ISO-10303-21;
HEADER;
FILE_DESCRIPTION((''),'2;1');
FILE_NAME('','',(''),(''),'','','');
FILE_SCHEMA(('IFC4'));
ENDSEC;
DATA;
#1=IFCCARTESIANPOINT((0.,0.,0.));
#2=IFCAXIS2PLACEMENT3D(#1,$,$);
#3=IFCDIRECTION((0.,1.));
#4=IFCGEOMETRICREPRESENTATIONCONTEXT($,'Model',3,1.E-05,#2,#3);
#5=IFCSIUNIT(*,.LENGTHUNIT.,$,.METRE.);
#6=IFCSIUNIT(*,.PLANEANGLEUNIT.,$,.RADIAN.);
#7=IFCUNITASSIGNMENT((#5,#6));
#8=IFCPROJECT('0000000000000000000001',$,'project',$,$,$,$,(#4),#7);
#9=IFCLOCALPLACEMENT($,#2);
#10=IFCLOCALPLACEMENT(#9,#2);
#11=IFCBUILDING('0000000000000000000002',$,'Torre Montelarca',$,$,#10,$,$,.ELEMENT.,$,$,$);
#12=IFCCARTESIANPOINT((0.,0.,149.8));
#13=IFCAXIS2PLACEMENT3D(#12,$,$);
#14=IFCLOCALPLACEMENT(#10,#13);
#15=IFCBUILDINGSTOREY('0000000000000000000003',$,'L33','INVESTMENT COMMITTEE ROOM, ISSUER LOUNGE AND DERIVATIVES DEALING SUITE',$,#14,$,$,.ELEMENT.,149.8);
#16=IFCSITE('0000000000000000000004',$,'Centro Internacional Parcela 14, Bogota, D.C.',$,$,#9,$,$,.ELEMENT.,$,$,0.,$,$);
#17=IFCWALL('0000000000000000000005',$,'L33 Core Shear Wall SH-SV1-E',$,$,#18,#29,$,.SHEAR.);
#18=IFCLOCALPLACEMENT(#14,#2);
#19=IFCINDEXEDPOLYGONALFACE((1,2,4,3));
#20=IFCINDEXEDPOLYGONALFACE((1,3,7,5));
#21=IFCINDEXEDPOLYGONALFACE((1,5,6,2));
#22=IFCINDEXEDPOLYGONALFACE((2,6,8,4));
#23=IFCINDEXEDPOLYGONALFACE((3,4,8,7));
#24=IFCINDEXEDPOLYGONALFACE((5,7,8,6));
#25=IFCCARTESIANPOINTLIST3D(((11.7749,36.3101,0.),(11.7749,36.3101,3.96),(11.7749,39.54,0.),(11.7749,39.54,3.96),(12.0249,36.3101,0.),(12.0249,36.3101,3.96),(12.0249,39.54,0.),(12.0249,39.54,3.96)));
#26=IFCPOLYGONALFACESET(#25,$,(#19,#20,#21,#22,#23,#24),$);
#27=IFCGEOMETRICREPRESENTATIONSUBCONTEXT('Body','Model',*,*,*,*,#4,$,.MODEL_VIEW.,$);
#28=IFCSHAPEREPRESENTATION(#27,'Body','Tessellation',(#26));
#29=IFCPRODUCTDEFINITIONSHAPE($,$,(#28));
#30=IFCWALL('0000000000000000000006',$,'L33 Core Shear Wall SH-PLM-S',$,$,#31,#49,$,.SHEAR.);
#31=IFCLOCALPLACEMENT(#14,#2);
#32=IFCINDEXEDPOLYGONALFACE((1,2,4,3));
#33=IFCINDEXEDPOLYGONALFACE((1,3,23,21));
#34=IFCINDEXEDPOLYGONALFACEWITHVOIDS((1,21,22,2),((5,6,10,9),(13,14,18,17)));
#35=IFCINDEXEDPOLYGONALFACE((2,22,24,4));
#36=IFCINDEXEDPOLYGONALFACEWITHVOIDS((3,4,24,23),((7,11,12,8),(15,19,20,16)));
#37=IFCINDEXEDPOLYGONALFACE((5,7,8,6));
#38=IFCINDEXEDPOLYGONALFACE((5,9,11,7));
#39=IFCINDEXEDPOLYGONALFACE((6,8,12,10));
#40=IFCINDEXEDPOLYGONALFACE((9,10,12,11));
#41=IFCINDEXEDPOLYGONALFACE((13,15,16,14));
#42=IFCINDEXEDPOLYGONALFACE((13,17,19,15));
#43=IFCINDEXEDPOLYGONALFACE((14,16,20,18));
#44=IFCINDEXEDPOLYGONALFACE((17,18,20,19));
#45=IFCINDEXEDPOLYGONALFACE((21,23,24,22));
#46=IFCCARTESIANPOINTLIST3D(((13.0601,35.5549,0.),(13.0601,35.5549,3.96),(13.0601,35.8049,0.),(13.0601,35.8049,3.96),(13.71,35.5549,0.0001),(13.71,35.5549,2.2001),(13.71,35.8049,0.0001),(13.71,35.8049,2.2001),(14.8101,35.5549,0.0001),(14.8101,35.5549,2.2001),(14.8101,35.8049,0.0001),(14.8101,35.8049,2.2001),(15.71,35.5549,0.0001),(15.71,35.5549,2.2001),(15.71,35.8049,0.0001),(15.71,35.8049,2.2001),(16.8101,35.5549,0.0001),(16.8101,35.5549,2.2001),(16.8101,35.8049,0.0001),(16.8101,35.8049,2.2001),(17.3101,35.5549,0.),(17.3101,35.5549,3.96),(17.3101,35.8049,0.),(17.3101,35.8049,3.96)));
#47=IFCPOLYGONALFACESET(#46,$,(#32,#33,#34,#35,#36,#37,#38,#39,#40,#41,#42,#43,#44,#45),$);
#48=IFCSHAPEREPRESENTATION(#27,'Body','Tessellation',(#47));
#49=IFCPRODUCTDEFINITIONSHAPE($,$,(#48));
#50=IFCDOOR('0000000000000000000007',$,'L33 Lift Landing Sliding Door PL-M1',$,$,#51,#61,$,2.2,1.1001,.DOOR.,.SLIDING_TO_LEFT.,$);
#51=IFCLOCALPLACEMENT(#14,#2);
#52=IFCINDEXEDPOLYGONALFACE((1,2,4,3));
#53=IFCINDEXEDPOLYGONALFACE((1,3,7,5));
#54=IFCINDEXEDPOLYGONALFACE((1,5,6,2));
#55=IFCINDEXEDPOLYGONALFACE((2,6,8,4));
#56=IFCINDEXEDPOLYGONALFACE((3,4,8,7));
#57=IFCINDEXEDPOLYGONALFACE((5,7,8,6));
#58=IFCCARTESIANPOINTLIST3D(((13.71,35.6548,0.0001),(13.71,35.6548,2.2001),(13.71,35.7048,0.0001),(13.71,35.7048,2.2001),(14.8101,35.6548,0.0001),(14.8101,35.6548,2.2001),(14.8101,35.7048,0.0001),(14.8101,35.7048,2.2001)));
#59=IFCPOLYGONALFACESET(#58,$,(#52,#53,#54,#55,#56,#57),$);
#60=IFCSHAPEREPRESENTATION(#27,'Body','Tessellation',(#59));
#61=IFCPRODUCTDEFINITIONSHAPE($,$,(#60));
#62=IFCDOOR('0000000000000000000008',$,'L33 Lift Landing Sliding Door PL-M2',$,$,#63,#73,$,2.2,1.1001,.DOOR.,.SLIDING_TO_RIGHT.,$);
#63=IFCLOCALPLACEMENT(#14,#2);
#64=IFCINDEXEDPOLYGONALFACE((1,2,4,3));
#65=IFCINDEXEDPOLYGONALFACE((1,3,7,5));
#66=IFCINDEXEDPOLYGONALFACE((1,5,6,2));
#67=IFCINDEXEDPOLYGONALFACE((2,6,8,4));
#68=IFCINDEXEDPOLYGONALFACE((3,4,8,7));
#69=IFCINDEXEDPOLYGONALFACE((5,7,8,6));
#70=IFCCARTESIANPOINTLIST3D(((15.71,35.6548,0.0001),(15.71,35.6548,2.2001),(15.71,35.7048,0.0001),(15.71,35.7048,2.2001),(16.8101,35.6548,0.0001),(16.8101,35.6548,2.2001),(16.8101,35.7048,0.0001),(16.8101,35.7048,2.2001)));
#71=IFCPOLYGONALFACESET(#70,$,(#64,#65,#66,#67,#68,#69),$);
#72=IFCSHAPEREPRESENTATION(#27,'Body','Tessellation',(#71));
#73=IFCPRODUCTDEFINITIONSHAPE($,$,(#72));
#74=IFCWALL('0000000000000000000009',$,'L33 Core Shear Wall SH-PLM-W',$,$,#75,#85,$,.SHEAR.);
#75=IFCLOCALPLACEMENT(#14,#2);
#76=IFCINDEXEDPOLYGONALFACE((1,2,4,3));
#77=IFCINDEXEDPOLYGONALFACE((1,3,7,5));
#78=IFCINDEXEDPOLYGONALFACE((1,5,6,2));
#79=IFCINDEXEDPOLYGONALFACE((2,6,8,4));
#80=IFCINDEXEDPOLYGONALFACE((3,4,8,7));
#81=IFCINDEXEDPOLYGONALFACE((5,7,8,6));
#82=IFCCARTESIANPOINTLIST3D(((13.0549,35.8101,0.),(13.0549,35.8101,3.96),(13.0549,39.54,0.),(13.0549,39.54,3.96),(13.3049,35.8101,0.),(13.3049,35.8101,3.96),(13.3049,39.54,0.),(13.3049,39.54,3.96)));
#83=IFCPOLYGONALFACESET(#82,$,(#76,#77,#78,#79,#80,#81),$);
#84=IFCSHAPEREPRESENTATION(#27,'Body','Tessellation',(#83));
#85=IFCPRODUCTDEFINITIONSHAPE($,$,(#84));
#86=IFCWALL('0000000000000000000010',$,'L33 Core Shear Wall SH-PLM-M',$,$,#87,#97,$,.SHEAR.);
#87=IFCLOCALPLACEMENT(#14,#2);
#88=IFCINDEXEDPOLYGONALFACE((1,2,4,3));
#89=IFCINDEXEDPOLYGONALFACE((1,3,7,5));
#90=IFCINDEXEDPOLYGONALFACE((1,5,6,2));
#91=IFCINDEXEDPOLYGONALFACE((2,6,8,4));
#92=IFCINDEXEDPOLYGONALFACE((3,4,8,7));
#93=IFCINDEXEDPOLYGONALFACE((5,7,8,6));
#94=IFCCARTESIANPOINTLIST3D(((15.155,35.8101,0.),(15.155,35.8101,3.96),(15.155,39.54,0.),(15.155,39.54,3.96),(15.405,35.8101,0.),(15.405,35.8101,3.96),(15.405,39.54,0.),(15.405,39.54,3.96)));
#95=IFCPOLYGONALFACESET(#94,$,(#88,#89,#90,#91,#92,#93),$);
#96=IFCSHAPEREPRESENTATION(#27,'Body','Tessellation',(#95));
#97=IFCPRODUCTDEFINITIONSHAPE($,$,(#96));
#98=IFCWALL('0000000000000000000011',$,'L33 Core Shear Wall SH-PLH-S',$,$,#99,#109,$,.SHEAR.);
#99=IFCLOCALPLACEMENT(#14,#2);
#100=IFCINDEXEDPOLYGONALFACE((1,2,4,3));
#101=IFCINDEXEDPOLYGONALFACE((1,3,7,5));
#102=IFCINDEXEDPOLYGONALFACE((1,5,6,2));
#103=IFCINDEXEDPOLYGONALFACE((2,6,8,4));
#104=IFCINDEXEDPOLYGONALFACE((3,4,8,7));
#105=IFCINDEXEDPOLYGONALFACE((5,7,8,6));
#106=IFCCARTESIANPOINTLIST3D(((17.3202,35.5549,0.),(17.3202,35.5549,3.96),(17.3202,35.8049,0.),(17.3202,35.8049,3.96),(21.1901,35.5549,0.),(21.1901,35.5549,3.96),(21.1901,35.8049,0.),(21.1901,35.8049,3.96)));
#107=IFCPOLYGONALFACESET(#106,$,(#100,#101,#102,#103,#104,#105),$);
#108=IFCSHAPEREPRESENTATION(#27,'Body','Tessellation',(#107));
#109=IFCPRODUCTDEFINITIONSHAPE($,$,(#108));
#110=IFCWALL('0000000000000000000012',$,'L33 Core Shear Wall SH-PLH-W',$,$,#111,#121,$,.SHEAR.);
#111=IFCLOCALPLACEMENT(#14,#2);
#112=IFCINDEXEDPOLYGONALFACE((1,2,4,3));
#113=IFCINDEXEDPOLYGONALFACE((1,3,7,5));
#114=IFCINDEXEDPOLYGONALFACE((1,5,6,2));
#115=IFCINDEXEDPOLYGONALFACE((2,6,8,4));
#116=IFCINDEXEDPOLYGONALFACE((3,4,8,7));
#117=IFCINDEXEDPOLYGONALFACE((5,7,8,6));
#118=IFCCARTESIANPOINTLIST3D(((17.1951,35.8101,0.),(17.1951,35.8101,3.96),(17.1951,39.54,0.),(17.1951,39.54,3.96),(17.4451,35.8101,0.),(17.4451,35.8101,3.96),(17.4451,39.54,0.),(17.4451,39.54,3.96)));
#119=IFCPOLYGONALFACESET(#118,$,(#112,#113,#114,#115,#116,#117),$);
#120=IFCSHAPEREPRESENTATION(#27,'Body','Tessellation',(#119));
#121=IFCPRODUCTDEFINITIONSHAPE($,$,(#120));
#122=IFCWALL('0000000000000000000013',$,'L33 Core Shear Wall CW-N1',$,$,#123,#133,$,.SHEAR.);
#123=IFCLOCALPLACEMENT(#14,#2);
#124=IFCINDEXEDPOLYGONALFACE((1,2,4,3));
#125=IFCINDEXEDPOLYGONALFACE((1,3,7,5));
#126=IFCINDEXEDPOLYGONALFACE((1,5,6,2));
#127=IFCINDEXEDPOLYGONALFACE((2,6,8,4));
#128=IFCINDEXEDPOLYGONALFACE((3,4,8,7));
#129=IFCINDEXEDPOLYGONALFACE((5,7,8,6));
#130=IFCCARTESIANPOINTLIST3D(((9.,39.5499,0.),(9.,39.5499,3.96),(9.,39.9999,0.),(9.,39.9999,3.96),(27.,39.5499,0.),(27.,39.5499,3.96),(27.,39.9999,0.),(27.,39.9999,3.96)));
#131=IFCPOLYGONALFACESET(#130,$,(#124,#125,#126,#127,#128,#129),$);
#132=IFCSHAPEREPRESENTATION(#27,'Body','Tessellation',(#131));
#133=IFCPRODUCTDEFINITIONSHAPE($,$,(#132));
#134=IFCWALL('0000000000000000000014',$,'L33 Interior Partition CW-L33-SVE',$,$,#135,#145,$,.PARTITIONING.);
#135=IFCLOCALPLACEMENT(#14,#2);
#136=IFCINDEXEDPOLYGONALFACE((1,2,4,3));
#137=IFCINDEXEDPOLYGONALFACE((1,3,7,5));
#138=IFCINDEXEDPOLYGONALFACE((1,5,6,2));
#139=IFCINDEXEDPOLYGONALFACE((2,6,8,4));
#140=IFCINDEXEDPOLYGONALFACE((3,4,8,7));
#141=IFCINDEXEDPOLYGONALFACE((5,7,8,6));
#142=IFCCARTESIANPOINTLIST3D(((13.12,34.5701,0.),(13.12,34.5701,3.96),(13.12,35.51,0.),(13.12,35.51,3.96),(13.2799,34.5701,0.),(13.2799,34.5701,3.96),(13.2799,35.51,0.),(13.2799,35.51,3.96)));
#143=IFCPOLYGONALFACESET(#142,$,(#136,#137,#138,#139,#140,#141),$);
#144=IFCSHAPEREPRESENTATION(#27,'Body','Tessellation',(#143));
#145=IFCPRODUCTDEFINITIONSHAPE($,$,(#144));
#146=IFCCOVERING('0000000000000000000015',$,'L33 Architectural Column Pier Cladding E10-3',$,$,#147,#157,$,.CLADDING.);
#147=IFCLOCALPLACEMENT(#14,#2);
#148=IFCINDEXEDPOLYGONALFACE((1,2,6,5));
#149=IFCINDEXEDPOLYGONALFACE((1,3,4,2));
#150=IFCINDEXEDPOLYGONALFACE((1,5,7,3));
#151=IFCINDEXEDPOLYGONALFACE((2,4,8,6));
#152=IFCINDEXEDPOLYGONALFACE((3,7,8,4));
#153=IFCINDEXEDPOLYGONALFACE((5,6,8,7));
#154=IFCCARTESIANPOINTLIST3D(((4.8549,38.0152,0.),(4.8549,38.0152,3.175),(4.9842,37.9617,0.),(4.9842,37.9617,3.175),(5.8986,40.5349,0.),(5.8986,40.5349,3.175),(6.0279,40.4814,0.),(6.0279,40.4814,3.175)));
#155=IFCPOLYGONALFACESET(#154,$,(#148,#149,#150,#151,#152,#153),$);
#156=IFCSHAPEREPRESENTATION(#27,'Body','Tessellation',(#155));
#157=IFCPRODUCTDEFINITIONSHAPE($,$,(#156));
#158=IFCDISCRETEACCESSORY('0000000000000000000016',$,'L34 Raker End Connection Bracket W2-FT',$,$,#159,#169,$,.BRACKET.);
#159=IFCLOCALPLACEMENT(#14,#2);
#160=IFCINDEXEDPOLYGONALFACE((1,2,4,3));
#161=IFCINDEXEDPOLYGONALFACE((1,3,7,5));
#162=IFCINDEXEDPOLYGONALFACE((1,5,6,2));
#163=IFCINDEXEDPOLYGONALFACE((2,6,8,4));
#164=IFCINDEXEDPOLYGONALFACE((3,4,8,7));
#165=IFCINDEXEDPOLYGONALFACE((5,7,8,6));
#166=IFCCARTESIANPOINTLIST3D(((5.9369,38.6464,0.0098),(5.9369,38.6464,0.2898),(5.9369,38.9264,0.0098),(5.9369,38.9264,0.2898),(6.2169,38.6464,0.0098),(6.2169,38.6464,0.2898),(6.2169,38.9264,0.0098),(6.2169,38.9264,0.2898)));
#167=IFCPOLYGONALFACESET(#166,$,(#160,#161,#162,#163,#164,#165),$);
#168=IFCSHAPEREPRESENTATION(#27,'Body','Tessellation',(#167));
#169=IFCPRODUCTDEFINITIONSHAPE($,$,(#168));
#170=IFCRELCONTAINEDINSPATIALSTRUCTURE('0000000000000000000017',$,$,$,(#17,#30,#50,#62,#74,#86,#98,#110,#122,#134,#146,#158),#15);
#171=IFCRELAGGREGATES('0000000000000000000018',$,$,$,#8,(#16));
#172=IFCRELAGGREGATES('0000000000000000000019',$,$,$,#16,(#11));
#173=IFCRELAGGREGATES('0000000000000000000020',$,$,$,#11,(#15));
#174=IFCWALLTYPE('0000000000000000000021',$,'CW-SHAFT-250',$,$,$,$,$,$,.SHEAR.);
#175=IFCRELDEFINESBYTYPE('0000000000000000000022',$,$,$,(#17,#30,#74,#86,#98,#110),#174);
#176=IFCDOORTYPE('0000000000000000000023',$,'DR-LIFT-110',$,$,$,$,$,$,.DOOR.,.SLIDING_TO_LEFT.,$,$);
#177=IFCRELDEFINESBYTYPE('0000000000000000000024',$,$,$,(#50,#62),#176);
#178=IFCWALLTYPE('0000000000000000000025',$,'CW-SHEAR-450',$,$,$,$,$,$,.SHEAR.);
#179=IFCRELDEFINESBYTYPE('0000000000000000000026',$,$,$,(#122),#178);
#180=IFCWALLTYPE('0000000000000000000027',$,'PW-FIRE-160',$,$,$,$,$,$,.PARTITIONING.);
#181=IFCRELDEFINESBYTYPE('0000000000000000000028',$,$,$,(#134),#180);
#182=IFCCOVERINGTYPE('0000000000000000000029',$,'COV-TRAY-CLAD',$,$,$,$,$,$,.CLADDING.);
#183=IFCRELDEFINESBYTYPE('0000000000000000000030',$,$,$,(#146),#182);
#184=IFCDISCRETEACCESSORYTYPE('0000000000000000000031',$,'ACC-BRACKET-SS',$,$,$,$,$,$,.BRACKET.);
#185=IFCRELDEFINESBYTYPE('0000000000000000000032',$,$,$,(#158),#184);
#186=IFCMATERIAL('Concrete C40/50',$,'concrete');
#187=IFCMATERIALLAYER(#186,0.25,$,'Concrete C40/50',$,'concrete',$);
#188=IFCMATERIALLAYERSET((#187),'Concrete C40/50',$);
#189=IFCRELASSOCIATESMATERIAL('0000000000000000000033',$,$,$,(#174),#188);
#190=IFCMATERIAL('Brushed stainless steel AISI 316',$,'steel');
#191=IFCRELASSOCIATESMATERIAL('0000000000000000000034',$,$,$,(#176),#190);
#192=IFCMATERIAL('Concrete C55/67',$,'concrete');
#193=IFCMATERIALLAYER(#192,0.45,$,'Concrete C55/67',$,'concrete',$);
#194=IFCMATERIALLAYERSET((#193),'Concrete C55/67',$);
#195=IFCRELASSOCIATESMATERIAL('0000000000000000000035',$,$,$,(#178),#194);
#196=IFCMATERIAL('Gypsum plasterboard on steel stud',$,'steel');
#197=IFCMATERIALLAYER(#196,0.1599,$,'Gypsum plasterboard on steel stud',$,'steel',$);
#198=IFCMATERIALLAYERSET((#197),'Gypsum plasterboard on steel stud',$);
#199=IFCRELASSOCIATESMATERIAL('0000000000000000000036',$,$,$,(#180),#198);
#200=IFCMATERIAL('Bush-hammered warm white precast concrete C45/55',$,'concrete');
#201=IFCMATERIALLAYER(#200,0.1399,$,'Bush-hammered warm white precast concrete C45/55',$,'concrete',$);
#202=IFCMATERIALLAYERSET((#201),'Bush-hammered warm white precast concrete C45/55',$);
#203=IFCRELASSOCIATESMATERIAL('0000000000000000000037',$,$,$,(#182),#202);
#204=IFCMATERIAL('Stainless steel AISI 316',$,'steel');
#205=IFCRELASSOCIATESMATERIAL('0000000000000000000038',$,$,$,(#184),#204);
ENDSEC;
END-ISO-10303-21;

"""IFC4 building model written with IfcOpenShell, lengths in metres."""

from ifc_helpers import new_model, si_unit, direction, frame, frame_2d, origin, origin_2d, place, context, subcontext, project, spatial, rectangle, extrude, source, transform, mapped, material, layer, layer_set, type_object, element, fill, save


model = new_model("IFC4")

# Units and contexts
model_context = context("Model", 3, precision=1e-05, world=origin(), true_north=direction((0.0, 1.0)))
body_context = subcontext(model_context, "Body", "Model", "MODEL_VIEW")
ifc_project = project(units=[si_unit("LENGTHUNIT", "METRE"), si_unit("PLANEANGLEUNIT", "RADIAN")], contexts=[model_context])

# Site, building, storey
site_placement = place(None, origin())
site = spatial("IfcSite", under=ifc_project, at=site_placement, Name="Centro Internacional Parcela 14, Bogota, D.C.", CompositionType="ELEMENT", RefElevation=0.0)
building_placement = place(site_placement, origin())
building = spatial("IfcBuilding", under=site, at=building_placement, Name="Torre Montelarca", CompositionType="ELEMENT")
storey_placement = place(building_placement, frame((0.0, 0.0, 149.8)))
storey = spatial("IfcBuildingStorey", under=building, at=storey_placement, Name="L33", Description="INVESTMENT COMMITTEE ROOM, ISSUER LOUNGE AND DERIVATIVES DEALING SUITE", CompositionType="ELEMENT", Elevation=149.8)

# Shared definitions
ifc_material_1 = material(Name="Concrete C55/67", Category="concrete")

# Shared definitions
ifc_material_2 = material(Name="Concrete C40/50", Category="concrete")
ifc_layer_1 = layer(ifc_material_2, 0.25, Name="Concrete C40/50", Category="concrete")
ifc_layer_set_1 = layer_set([ifc_layer_1], Name="Concrete C40/50")
wall_type_1 = type_object("IfcWallType", Name="CW-SHAFT-250", PredefinedType="SHEAR", material=ifc_layer_set_1)

# Shared definitions
ifc_material_3 = material(Name="Brushed stainless steel AISI 316", Category="steel")

# Wall
wall_1_placement = place(storey_placement, frame((11.8999, 36.3101, 0.0), z_axis=(0.0, 0.0, 1.0), x_axis=(0.0, 1.0, 0.0)))
element("IfcWall", 1, at=wall_1_placement, inside=storey, type_object=wall_type_1, Name="L33 Core Shear Wall SH-SV1-E", PredefinedType="SHEAR", context=body_context, shape_type="SweptSolid", body=[
    extrude(rectangle(XDim=3.23, YDim=0.25, at=frame_2d((1.615, 0.0))), origin(), (0.0, 0.0, 1.0), 3.96),
])

# Wall, openings, doors
wall_2_placement = place(storey_placement, frame((13.0601, 35.6799, 0.0), z_axis=(0.0, 0.0, 1.0), x_axis=(1.0, 0.0, 0.0)))
wall_2 = element("IfcWall", 2, at=wall_2_placement, inside=storey, type_object=wall_type_1, Name="L33 Core Shear Wall SH-PLM-S", PredefinedType="SHEAR", context=body_context, shape_type="SweptSolid", body=[
    extrude(rectangle(XDim=4.25, YDim=0.25, at=frame_2d((2.125, 0.0))), origin(), (0.0, 0.0, 1.0), 3.96),
])
opening_1_placement = place(wall_2_placement, frame((0.6499, 0.0, 0.0)))
opening_1 = element("IfcOpeningElement", 3, at=opening_1_placement, cuts=wall_2, PredefinedType="OPENING", context=body_context, shape_type="SweptSolid", body=[
    extrude(rectangle(XDim=1.1001, YDim=2.2, at=frame_2d((0.55, 1.1001))), frame((0.0, 0.135, 0.0), z_axis=(0.0, -1.0, 0.0), x_axis=(1.0, 0.0, 0.0)), (0.0, 0.0, 1.0), 0.27),
])
opening_2_placement = place(wall_2_placement, frame((2.6499, 0.0, 0.0)))
opening_2 = element("IfcOpeningElement", 4, at=opening_2_placement, cuts=wall_2, PredefinedType="OPENING", context=body_context, shape_type="SweptSolid", body=[
    extrude(rectangle(XDim=1.1001, YDim=2.2, at=frame_2d((0.55, 1.1001))), frame((0.0, 0.135, 0.0), z_axis=(0.0, -1.0, 0.0), x_axis=(1.0, 0.0, 0.0)), (0.0, 0.0, 1.0), 0.27),
])
door_type_1 = type_object("IfcDoorType", Name="DR-LIFT-110", OperationType="SLIDING_TO_LEFT", PredefinedType="DOOR", material=ifc_material_3)
shared_shape_1 = source(origin(), body_context, "Body", "SweptSolid", [
    extrude(rectangle(XDim=1.1001, YDim=2.2, at=frame_2d((0.55, 1.1001))), frame((0.0, 0.0249, 0.0), z_axis=(0.0, -1.0, 0.0), x_axis=(1.0, 0.0, 0.0)), (0.0, 0.0, 1.0), 0.05),
])
door_1_placement = place(opening_1_placement, origin())
door_1 = element("IfcDoor", 5, at=door_1_placement, inside=storey, type_object=door_type_1, Name="L33 Lift Landing Sliding Door PL-M1", OperationType="SLIDING_TO_LEFT", OverallHeight=2.2, OverallWidth=1.1001, PredefinedType="DOOR", context=body_context, shape_type="MappedRepresentation", body=[
    mapped(shared_shape_1, transform((0.0, 0.0, 0.0), scale=1.0)),
])
fill(opening_1, door_1)
door_2_placement = place(opening_2_placement, origin())
door_2 = element("IfcDoor", 6, at=door_2_placement, inside=storey, type_object=door_type_1, Name="L33 Lift Landing Sliding Door PL-M2", OperationType="SLIDING_TO_RIGHT", OverallHeight=2.2, OverallWidth=1.1001, PredefinedType="DOOR", context=body_context, shape_type="MappedRepresentation", body=[
    mapped(shared_shape_1, transform((0.0, 0.0, 0.0), scale=1.0)),
])
fill(opening_2, door_2)

# Walls
for number, where, z_axis, x_axis, name in (
    (7, (13.1799, 35.8101, 0.0), (0.0, 0.0, 1.0), (0.0, 1.0, 0.0), "L33 Core Shear Wall SH-PLM-W"),
    (8, (15.28, 35.8101, 0.0), (0.0, 0.0, 1.0), (0.0, 1.0, 0.0), "L33 Core Shear Wall SH-PLM-M"),
):
    element("IfcWall", number, at=place(storey_placement, frame(where, z_axis=z_axis, x_axis=x_axis)), inside=storey, type_object=wall_type_1, Name=name, PredefinedType="SHEAR", context=body_context, shape_type="SweptSolid", body=[
        extrude(rectangle(XDim=3.73, YDim=0.25, at=frame_2d((1.865, 0.0))), origin(), (0.0, 0.0, 1.0), 3.96),
    ])
wall_3_placement = place(storey_placement, frame((17.3201, 35.6799, 0.0), z_axis=(0.0, 0.0, 1.0), x_axis=(1.0, 0.0, 0.0)))
element("IfcWall", 9, at=wall_3_placement, inside=storey, type_object=wall_type_1, Name="L33 Core Shear Wall SH-PLH-S", PredefinedType="SHEAR", context=body_context, shape_type="SweptSolid", body=[
    extrude(rectangle(XDim=3.8699, YDim=0.25, at=frame_2d((1.9351, 0.0))), origin(), (0.0, 0.0, 1.0), 3.96),
])
wall_4_placement = place(storey_placement, frame((17.3201, 35.8101, 0.0), z_axis=(0.0, 0.0, 1.0), x_axis=(0.0, 1.0, 0.0)))
element("IfcWall", 10, at=wall_4_placement, inside=storey, type_object=wall_type_1, Name="L33 Core Shear Wall SH-PLH-W", PredefinedType="SHEAR", context=body_context, shape_type="SweptSolid", body=[
    extrude(rectangle(XDim=3.73, YDim=0.25, at=frame_2d((1.865, 0.0))), origin(), (0.0, 0.0, 1.0), 3.96),
])
ifc_layer_2 = layer(ifc_material_1, 0.45, Name="Concrete C55/67", Category="concrete")
ifc_layer_set_2 = layer_set([ifc_layer_2], Name="Concrete C55/67")
wall_type_2 = type_object("IfcWallType", Name="CW-SHEAR-450", PredefinedType="SHEAR", material=ifc_layer_set_2)
wall_5_placement = place(storey_placement, frame((9.0, 39.7749, 0.0), z_axis=(0.0, 0.0, 1.0), x_axis=(1.0, 0.0, 0.0)))
element("IfcWall", 11, at=wall_5_placement, inside=storey, type_object=wall_type_2, Name="L33 Core Shear Wall CW-N1", PredefinedType="SHEAR", context=body_context, shape_type="SweptSolid", body=[
    extrude(rectangle(XDim=18.0, YDim=0.45, at=frame_2d((9.0, 0.0))), origin(), (0.0, 0.0, 1.0), 3.96),
])

# Shared definitions
ifc_material_4 = material(Name="Gypsum plasterboard on steel stud", Category="steel")
ifc_layer_3 = layer(ifc_material_4, 0.1599, Name="Gypsum plasterboard on steel stud", Category="steel")
ifc_layer_set_3 = layer_set([ifc_layer_3], Name="Gypsum plasterboard on steel stud")
wall_type_3 = type_object("IfcWallType", Name="PW-FIRE-160", PredefinedType="PARTITIONING", material=ifc_layer_set_3)

# Wall
wall_6_placement = place(storey_placement, frame((13.2, 34.5701, 0.0), z_axis=(0.0, 0.0, 1.0), x_axis=(0.0, 1.0, 0.0)))
element("IfcWall", 12, at=wall_6_placement, inside=storey, type_object=wall_type_3, Name="L33 Interior Partition CW-L33-SVE", PredefinedType="PARTITIONING", context=body_context, shape_type="SweptSolid", body=[
    extrude(rectangle(XDim=0.9399, YDim=0.1599, at=frame_2d((0.47, 0.0))), origin(), (0.0, 0.0, 1.0), 3.96),
])

# Covering
ifc_material_5 = material(Name="Bush-hammered warm white precast concrete C45/55", Category="concrete")
ifc_layer_4 = layer(ifc_material_5, 0.1399, Name="Bush-hammered warm white precast concrete C45/55", Category="concrete")
ifc_layer_set_4 = layer_set([ifc_layer_4], Name="Bush-hammered warm white precast concrete C45/55")
covering_type = type_object("IfcCoveringType", Name="COV-TRAY-CLAD", PredefinedType="CLADDING", material=ifc_layer_set_4)
shared_shape_2 = source(origin(), body_context, "Body", "SweptSolid", [
    extrude(rectangle(XDim=2.7273, YDim=0.1399, at=origin_2d()), origin(), (0.0, 0.0, 1.0), 3.175),
])
covering_placement = place(storey_placement, frame((5.4414, 39.2483, 0.0), z_axis=(0.0, 0.0, 1.0), x_axis=(-0.38268, -0.923881, 0.0)))
element("IfcCovering", 13, at=covering_placement, inside=storey, type_object=covering_type, Name="L33 Architectural Column Pier Cladding E10-3", PredefinedType="CLADDING", context=body_context, shape_type="MappedRepresentation", body=[
    mapped(shared_shape_2, transform((0.0, 0.0, 0.0), scale=1.0)),
])

# Discrete accessory
ifc_material_6 = material(Name="Stainless steel AISI 316", Category="steel")
discrete_accessory_type = type_object("IfcDiscreteAccessoryType", Name="ACC-BRACKET-SS", PredefinedType="BRACKET", material=ifc_material_6)
shared_shape_3 = source(origin(), body_context, "Body", "SweptSolid", [
    extrude(rectangle(XDim=0.28, YDim=0.28, at=origin_2d()), origin(), (0.0, 0.0, 1.0), 0.28),
])
discrete_accessory_placement = place(storey_placement, frame((6.0769, 38.7864, 0.0098), z_axis=(0.0, 0.0, 1.0), x_axis=(1.0, 0.0, 0.0)))
element("IfcDiscreteAccessory", 14, at=discrete_accessory_placement, inside=storey, type_object=discrete_accessory_type, Name="L34 Raker End Connection Bracket W2-FT", PredefinedType="BRACKET", context=body_context, shape_type="MappedRepresentation", body=[
    mapped(shared_shape_3, transform((0.0, 0.0, 0.0), scale=1.0)),
])

save(model, "model.ifc")
